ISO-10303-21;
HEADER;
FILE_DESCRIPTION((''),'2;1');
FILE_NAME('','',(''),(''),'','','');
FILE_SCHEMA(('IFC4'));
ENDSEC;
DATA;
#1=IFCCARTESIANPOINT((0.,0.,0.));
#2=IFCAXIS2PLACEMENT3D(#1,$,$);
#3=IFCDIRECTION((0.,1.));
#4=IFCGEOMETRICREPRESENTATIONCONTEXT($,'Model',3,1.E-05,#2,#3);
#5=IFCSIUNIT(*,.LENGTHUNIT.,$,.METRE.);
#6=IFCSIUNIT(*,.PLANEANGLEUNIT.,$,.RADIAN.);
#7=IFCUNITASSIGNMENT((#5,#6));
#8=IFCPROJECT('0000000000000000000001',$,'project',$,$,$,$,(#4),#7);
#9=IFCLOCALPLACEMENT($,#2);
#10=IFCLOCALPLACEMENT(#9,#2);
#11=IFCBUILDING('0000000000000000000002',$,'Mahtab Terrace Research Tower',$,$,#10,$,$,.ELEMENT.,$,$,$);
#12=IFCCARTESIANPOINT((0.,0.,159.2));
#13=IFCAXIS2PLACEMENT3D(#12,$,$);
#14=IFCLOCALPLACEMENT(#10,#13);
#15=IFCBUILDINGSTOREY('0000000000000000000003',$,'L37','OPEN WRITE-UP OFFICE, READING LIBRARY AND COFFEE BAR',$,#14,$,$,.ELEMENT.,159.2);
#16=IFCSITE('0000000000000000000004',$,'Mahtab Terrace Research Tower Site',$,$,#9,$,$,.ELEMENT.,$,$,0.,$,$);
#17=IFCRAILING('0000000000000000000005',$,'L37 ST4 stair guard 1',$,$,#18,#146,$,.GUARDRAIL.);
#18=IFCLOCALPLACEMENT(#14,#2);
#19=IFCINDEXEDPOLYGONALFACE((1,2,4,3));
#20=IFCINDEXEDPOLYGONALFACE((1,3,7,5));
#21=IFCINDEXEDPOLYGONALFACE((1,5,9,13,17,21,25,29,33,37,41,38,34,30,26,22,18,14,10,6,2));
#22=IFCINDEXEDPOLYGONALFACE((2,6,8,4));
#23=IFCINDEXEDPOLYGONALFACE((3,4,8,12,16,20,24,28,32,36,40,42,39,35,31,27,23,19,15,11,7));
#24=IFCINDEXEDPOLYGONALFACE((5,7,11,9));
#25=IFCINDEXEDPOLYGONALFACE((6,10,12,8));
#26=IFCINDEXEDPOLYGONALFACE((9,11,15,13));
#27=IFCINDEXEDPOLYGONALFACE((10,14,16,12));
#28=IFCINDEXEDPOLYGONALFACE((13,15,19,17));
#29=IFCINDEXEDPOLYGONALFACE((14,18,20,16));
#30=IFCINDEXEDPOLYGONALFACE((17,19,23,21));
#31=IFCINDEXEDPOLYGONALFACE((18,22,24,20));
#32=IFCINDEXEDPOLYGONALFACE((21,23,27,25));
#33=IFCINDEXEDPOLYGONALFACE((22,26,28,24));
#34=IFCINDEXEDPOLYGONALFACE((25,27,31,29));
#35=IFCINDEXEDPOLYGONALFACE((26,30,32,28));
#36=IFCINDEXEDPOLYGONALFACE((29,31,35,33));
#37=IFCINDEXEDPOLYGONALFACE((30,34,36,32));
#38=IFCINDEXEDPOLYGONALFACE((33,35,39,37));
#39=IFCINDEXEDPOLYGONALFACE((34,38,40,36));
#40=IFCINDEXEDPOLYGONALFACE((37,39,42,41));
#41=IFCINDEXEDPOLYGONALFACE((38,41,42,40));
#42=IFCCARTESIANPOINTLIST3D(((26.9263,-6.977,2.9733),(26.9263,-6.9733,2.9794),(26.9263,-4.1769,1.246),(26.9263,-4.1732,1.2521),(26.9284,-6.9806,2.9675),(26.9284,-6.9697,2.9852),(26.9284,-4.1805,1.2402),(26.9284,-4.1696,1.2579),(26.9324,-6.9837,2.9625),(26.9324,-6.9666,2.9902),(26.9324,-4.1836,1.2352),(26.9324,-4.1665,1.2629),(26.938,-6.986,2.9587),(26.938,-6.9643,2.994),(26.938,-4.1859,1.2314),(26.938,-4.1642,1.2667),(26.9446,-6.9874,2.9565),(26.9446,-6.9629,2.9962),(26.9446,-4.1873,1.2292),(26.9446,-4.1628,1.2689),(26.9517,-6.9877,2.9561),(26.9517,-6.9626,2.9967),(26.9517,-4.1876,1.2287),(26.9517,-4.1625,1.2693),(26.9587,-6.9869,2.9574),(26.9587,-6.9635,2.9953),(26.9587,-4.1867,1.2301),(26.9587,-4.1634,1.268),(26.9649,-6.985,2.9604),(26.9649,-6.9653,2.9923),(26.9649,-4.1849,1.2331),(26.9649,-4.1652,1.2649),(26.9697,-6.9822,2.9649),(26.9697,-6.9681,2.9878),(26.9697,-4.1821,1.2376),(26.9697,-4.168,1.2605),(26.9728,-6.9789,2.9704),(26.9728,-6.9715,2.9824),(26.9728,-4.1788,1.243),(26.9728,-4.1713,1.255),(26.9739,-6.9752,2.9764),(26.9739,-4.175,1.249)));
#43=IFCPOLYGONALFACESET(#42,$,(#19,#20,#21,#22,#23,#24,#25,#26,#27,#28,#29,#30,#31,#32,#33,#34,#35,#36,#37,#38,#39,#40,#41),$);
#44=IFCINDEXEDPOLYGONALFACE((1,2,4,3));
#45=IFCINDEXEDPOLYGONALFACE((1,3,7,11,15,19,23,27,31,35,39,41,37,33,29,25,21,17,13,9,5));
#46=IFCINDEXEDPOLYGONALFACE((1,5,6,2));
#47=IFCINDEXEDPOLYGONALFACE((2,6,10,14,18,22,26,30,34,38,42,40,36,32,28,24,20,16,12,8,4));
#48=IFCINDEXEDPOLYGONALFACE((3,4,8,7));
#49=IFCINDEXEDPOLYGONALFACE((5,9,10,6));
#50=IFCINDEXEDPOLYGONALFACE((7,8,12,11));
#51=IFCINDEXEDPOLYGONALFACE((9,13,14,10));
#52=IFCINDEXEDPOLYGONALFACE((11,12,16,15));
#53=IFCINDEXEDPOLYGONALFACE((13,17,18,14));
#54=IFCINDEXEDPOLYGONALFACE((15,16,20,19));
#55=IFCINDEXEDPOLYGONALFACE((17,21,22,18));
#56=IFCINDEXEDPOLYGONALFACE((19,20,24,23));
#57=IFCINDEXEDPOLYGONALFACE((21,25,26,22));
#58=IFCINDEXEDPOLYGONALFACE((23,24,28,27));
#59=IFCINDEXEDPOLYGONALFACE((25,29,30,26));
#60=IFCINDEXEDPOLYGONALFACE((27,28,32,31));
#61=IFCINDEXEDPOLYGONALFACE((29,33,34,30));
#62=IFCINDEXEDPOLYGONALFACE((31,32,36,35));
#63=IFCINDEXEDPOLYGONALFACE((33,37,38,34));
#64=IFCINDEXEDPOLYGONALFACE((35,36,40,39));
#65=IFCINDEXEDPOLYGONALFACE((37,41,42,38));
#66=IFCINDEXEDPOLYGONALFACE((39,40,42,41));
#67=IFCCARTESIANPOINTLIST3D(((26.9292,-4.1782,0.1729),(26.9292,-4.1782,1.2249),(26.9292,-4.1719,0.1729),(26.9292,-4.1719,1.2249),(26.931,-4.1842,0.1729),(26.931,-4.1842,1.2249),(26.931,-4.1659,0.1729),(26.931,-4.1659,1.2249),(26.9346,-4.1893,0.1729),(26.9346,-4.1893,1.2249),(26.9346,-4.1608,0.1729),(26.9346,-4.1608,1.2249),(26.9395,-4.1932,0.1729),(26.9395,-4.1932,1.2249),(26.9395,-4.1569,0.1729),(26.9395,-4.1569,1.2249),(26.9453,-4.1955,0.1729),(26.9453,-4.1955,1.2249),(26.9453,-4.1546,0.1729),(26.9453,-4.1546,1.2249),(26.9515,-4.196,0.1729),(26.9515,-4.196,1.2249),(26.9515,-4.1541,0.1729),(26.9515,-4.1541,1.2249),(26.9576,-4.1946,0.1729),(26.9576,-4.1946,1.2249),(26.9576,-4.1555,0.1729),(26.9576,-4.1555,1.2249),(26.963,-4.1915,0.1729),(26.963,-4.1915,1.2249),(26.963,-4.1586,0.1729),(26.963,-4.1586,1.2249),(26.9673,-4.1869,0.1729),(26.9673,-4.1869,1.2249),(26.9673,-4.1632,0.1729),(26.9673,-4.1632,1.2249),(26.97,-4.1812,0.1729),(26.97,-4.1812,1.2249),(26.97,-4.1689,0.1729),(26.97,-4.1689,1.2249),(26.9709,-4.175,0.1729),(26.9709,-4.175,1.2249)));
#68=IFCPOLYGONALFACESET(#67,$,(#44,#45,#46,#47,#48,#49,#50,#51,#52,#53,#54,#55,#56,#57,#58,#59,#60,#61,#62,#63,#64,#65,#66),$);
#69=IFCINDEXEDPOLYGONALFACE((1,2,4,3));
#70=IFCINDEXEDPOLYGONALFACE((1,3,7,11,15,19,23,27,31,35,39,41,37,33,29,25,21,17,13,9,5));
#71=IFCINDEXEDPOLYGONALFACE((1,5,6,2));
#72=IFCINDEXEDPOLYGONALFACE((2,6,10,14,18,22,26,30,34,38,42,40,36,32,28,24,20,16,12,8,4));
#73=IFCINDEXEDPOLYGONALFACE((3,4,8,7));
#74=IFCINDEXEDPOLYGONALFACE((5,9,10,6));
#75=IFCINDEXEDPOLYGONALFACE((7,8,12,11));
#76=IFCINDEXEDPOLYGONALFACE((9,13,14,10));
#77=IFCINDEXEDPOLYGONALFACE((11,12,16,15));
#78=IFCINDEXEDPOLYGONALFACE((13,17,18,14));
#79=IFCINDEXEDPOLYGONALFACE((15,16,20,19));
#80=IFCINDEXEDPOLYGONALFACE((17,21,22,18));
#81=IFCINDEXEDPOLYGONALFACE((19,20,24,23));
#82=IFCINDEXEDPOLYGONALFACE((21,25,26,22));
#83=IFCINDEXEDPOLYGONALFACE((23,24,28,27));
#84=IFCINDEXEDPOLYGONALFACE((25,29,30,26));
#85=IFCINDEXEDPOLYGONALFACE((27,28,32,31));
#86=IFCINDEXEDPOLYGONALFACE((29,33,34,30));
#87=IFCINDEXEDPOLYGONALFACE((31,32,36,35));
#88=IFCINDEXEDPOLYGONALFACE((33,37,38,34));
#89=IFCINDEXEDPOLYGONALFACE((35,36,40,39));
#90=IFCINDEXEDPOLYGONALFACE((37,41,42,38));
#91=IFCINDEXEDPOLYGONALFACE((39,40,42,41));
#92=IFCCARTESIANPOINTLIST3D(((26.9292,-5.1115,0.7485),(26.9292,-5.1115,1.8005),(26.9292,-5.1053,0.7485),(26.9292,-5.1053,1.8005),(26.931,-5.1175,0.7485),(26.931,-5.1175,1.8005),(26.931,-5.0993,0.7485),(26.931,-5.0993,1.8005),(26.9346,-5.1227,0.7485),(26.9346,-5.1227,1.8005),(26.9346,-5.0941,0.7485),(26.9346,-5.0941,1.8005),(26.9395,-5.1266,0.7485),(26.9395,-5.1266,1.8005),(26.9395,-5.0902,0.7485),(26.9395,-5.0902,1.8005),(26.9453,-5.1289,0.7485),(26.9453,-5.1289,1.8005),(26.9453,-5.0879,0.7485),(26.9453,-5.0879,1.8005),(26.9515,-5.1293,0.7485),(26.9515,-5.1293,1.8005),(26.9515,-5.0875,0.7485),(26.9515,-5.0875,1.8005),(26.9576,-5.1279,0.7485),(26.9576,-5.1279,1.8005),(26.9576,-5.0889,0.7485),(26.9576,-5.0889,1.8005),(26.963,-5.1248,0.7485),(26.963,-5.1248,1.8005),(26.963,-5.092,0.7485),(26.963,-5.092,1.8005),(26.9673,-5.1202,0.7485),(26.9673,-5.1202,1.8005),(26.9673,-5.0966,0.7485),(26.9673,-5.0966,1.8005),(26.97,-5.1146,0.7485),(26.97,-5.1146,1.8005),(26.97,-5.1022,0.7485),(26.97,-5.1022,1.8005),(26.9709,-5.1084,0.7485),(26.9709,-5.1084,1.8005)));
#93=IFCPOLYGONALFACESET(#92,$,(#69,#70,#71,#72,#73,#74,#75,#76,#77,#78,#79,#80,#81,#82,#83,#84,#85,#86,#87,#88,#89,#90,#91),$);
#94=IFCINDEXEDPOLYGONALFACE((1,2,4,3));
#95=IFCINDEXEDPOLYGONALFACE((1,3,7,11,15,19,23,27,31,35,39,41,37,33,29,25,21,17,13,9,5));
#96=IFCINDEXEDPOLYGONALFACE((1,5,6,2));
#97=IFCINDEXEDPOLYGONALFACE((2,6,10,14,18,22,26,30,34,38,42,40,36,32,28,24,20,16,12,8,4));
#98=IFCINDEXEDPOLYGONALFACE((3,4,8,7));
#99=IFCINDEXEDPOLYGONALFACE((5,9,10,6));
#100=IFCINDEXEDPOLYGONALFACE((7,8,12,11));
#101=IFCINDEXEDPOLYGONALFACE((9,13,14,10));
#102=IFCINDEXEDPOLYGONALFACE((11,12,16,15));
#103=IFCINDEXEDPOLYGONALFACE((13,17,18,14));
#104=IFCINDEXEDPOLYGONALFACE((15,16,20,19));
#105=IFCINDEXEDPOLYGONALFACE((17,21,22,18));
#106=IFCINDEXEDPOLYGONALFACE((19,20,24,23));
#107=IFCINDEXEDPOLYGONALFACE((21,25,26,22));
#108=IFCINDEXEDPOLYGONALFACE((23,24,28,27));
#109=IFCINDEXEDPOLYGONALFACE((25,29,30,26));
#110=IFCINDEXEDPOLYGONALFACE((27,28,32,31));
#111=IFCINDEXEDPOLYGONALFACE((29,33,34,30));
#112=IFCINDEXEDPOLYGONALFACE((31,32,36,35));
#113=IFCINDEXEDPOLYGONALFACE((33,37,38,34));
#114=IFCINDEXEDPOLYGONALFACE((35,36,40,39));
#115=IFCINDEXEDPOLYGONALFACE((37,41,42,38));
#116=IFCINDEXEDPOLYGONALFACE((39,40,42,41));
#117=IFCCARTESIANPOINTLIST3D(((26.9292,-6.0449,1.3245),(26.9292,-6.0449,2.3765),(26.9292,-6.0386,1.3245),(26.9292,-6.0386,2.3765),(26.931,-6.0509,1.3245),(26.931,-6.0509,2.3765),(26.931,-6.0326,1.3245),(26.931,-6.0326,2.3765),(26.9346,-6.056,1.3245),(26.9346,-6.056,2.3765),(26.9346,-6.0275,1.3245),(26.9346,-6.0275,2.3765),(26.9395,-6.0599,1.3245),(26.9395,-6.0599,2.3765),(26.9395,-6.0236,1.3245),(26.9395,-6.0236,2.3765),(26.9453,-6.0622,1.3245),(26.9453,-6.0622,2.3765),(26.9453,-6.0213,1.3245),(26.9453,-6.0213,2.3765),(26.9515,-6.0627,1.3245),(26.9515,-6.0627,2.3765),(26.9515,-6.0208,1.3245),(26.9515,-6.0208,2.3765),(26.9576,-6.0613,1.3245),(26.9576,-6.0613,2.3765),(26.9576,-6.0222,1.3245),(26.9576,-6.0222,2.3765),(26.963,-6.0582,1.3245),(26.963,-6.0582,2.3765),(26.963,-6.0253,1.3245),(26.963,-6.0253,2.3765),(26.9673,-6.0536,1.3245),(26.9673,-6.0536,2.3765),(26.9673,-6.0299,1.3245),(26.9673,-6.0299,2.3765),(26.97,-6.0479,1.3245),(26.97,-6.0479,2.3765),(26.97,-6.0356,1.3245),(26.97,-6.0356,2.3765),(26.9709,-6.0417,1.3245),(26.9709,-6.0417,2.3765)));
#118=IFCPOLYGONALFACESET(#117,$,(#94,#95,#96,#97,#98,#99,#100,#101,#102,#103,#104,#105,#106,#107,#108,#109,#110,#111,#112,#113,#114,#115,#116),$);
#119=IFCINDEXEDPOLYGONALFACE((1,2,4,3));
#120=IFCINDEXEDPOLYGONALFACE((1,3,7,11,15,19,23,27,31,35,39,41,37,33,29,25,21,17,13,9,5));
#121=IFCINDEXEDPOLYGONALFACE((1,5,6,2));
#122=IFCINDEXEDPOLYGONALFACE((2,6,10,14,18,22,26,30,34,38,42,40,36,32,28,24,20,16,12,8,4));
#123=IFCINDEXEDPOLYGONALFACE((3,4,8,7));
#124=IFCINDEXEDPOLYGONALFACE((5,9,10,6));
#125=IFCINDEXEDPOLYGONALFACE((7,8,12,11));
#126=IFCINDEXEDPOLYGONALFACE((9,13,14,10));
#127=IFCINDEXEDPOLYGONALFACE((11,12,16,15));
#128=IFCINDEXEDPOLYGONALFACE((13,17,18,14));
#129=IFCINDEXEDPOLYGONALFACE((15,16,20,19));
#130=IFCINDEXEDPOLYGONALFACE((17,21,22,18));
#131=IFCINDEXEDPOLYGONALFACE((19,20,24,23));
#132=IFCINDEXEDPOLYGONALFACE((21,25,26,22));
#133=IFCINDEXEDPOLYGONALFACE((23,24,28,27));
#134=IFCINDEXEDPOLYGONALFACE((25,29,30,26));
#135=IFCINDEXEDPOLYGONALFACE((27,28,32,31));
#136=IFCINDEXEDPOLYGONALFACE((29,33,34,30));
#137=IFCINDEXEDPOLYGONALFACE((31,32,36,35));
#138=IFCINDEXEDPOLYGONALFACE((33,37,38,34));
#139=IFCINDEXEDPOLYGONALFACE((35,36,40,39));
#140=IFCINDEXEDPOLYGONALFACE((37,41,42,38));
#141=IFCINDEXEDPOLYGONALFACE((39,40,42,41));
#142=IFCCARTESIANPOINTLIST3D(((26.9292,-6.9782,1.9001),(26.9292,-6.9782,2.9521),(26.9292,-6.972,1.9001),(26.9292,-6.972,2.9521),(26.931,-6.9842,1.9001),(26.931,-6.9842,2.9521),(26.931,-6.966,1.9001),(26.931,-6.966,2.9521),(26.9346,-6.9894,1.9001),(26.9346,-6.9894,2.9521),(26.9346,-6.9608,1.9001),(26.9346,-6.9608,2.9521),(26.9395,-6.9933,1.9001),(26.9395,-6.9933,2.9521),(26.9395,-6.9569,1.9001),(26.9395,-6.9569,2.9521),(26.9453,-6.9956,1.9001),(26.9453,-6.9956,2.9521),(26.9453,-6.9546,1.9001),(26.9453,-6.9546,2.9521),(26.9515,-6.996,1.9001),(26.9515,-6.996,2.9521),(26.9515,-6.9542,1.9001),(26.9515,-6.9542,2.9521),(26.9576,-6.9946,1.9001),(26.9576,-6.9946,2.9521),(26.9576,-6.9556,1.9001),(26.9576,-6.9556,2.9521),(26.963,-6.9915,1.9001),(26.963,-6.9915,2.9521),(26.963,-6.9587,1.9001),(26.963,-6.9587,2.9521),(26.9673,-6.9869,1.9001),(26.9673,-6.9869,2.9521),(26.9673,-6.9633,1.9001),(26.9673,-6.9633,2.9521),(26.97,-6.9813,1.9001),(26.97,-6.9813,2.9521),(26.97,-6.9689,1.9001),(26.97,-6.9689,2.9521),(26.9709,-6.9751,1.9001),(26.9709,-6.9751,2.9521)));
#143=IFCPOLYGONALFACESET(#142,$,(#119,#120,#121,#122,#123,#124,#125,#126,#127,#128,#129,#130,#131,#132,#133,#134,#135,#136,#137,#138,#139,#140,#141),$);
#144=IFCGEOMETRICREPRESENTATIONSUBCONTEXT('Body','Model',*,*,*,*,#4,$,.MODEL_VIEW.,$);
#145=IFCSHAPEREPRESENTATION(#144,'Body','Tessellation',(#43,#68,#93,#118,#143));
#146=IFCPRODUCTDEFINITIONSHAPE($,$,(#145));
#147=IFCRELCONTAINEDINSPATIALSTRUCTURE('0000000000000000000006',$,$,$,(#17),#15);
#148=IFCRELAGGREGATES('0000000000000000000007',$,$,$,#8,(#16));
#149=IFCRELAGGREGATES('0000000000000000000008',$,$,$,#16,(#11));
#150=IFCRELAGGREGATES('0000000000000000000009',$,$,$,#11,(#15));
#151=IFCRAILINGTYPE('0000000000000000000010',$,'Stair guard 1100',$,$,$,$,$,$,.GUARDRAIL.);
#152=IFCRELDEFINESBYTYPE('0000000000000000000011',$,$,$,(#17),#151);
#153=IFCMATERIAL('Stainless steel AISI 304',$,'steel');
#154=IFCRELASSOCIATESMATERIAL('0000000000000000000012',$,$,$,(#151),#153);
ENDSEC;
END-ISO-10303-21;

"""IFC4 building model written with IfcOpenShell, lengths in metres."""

from ifc_helpers import new_model, si_unit, direction, frame, origin, origin_2d, place, context, subcontext, project, spatial, circle, extrude, material, type_object, element, save


model = new_model("IFC4")

# Units and contexts
model_context = context("Model", 3, precision=1e-05, world=origin(), true_north=direction((0.0, 1.0)))
body_context = subcontext(model_context, "Body", "Model", "MODEL_VIEW")
ifc_project = project(units=[si_unit("LENGTHUNIT", "METRE"), si_unit("PLANEANGLEUNIT", "RADIAN")], contexts=[model_context])

# Site, building, storey
site_placement = place(None, origin())
site = spatial("IfcSite", under=ifc_project, at=site_placement, Name="Mahtab Terrace Research Tower Site", CompositionType="ELEMENT", RefElevation=0.0)
building_placement = place(site_placement, origin())
building = spatial("IfcBuilding", under=site, at=building_placement, Name="Mahtab Terrace Research Tower", CompositionType="ELEMENT")
storey_placement = place(building_placement, frame((0.0, 0.0, 159.2)))
storey = spatial("IfcBuildingStorey", under=building, at=storey_placement, Name="L37", Description="OPEN WRITE-UP OFFICE, READING LIBRARY AND COFFEE BAR", CompositionType="ELEMENT", Elevation=159.2)

# Railing
ifc_material_1 = material(Name="Stainless steel AISI 304", Category="steel")
railing_type_1 = type_object("IfcRailingType", Name="Stair guard 1100", PredefinedType="GUARDRAIL", material=ifc_material_1)
railing_1_placement = place(storey_placement, frame((26.95, -4.175, 0.1729)))
element("IfcRailing", 1, at=railing_1_placement, inside=storey, type_object=railing_type_1, Name="L37 ST4 stair guard 1", PredefinedType="GUARDRAIL", context=body_context, shape_type="SweptSolid", body=[
    extrude(circle(Radius=0.0239, at=origin_2d()), frame((0.0, 0.0, 1.0762), z_axis=(0.0, -0.85109, 0.52502), x_axis=(1.0, 0.0, 0.0)), (0.0, 0.0, 1.0), 3.29),
    extrude(circle(Radius=0.021, at=origin_2d()), origin(), (0.0, 0.0, 1.0), 1.052),
    extrude(circle(Radius=0.021, at=origin_2d()), frame((0.0, -0.9333, 0.5757)), (0.0, 0.0, 1.0), 1.052),
    extrude(circle(Radius=0.021, at=origin_2d()), frame((0.0, -1.8667, 1.1516)), (0.0, 0.0, 1.0), 1.052),
    extrude(circle(Radius=0.021, at=origin_2d()), frame((0.0, -2.8, 1.7273)), (0.0, 0.0, 1.0), 1.052),
])

save(model, "model.ifc")
